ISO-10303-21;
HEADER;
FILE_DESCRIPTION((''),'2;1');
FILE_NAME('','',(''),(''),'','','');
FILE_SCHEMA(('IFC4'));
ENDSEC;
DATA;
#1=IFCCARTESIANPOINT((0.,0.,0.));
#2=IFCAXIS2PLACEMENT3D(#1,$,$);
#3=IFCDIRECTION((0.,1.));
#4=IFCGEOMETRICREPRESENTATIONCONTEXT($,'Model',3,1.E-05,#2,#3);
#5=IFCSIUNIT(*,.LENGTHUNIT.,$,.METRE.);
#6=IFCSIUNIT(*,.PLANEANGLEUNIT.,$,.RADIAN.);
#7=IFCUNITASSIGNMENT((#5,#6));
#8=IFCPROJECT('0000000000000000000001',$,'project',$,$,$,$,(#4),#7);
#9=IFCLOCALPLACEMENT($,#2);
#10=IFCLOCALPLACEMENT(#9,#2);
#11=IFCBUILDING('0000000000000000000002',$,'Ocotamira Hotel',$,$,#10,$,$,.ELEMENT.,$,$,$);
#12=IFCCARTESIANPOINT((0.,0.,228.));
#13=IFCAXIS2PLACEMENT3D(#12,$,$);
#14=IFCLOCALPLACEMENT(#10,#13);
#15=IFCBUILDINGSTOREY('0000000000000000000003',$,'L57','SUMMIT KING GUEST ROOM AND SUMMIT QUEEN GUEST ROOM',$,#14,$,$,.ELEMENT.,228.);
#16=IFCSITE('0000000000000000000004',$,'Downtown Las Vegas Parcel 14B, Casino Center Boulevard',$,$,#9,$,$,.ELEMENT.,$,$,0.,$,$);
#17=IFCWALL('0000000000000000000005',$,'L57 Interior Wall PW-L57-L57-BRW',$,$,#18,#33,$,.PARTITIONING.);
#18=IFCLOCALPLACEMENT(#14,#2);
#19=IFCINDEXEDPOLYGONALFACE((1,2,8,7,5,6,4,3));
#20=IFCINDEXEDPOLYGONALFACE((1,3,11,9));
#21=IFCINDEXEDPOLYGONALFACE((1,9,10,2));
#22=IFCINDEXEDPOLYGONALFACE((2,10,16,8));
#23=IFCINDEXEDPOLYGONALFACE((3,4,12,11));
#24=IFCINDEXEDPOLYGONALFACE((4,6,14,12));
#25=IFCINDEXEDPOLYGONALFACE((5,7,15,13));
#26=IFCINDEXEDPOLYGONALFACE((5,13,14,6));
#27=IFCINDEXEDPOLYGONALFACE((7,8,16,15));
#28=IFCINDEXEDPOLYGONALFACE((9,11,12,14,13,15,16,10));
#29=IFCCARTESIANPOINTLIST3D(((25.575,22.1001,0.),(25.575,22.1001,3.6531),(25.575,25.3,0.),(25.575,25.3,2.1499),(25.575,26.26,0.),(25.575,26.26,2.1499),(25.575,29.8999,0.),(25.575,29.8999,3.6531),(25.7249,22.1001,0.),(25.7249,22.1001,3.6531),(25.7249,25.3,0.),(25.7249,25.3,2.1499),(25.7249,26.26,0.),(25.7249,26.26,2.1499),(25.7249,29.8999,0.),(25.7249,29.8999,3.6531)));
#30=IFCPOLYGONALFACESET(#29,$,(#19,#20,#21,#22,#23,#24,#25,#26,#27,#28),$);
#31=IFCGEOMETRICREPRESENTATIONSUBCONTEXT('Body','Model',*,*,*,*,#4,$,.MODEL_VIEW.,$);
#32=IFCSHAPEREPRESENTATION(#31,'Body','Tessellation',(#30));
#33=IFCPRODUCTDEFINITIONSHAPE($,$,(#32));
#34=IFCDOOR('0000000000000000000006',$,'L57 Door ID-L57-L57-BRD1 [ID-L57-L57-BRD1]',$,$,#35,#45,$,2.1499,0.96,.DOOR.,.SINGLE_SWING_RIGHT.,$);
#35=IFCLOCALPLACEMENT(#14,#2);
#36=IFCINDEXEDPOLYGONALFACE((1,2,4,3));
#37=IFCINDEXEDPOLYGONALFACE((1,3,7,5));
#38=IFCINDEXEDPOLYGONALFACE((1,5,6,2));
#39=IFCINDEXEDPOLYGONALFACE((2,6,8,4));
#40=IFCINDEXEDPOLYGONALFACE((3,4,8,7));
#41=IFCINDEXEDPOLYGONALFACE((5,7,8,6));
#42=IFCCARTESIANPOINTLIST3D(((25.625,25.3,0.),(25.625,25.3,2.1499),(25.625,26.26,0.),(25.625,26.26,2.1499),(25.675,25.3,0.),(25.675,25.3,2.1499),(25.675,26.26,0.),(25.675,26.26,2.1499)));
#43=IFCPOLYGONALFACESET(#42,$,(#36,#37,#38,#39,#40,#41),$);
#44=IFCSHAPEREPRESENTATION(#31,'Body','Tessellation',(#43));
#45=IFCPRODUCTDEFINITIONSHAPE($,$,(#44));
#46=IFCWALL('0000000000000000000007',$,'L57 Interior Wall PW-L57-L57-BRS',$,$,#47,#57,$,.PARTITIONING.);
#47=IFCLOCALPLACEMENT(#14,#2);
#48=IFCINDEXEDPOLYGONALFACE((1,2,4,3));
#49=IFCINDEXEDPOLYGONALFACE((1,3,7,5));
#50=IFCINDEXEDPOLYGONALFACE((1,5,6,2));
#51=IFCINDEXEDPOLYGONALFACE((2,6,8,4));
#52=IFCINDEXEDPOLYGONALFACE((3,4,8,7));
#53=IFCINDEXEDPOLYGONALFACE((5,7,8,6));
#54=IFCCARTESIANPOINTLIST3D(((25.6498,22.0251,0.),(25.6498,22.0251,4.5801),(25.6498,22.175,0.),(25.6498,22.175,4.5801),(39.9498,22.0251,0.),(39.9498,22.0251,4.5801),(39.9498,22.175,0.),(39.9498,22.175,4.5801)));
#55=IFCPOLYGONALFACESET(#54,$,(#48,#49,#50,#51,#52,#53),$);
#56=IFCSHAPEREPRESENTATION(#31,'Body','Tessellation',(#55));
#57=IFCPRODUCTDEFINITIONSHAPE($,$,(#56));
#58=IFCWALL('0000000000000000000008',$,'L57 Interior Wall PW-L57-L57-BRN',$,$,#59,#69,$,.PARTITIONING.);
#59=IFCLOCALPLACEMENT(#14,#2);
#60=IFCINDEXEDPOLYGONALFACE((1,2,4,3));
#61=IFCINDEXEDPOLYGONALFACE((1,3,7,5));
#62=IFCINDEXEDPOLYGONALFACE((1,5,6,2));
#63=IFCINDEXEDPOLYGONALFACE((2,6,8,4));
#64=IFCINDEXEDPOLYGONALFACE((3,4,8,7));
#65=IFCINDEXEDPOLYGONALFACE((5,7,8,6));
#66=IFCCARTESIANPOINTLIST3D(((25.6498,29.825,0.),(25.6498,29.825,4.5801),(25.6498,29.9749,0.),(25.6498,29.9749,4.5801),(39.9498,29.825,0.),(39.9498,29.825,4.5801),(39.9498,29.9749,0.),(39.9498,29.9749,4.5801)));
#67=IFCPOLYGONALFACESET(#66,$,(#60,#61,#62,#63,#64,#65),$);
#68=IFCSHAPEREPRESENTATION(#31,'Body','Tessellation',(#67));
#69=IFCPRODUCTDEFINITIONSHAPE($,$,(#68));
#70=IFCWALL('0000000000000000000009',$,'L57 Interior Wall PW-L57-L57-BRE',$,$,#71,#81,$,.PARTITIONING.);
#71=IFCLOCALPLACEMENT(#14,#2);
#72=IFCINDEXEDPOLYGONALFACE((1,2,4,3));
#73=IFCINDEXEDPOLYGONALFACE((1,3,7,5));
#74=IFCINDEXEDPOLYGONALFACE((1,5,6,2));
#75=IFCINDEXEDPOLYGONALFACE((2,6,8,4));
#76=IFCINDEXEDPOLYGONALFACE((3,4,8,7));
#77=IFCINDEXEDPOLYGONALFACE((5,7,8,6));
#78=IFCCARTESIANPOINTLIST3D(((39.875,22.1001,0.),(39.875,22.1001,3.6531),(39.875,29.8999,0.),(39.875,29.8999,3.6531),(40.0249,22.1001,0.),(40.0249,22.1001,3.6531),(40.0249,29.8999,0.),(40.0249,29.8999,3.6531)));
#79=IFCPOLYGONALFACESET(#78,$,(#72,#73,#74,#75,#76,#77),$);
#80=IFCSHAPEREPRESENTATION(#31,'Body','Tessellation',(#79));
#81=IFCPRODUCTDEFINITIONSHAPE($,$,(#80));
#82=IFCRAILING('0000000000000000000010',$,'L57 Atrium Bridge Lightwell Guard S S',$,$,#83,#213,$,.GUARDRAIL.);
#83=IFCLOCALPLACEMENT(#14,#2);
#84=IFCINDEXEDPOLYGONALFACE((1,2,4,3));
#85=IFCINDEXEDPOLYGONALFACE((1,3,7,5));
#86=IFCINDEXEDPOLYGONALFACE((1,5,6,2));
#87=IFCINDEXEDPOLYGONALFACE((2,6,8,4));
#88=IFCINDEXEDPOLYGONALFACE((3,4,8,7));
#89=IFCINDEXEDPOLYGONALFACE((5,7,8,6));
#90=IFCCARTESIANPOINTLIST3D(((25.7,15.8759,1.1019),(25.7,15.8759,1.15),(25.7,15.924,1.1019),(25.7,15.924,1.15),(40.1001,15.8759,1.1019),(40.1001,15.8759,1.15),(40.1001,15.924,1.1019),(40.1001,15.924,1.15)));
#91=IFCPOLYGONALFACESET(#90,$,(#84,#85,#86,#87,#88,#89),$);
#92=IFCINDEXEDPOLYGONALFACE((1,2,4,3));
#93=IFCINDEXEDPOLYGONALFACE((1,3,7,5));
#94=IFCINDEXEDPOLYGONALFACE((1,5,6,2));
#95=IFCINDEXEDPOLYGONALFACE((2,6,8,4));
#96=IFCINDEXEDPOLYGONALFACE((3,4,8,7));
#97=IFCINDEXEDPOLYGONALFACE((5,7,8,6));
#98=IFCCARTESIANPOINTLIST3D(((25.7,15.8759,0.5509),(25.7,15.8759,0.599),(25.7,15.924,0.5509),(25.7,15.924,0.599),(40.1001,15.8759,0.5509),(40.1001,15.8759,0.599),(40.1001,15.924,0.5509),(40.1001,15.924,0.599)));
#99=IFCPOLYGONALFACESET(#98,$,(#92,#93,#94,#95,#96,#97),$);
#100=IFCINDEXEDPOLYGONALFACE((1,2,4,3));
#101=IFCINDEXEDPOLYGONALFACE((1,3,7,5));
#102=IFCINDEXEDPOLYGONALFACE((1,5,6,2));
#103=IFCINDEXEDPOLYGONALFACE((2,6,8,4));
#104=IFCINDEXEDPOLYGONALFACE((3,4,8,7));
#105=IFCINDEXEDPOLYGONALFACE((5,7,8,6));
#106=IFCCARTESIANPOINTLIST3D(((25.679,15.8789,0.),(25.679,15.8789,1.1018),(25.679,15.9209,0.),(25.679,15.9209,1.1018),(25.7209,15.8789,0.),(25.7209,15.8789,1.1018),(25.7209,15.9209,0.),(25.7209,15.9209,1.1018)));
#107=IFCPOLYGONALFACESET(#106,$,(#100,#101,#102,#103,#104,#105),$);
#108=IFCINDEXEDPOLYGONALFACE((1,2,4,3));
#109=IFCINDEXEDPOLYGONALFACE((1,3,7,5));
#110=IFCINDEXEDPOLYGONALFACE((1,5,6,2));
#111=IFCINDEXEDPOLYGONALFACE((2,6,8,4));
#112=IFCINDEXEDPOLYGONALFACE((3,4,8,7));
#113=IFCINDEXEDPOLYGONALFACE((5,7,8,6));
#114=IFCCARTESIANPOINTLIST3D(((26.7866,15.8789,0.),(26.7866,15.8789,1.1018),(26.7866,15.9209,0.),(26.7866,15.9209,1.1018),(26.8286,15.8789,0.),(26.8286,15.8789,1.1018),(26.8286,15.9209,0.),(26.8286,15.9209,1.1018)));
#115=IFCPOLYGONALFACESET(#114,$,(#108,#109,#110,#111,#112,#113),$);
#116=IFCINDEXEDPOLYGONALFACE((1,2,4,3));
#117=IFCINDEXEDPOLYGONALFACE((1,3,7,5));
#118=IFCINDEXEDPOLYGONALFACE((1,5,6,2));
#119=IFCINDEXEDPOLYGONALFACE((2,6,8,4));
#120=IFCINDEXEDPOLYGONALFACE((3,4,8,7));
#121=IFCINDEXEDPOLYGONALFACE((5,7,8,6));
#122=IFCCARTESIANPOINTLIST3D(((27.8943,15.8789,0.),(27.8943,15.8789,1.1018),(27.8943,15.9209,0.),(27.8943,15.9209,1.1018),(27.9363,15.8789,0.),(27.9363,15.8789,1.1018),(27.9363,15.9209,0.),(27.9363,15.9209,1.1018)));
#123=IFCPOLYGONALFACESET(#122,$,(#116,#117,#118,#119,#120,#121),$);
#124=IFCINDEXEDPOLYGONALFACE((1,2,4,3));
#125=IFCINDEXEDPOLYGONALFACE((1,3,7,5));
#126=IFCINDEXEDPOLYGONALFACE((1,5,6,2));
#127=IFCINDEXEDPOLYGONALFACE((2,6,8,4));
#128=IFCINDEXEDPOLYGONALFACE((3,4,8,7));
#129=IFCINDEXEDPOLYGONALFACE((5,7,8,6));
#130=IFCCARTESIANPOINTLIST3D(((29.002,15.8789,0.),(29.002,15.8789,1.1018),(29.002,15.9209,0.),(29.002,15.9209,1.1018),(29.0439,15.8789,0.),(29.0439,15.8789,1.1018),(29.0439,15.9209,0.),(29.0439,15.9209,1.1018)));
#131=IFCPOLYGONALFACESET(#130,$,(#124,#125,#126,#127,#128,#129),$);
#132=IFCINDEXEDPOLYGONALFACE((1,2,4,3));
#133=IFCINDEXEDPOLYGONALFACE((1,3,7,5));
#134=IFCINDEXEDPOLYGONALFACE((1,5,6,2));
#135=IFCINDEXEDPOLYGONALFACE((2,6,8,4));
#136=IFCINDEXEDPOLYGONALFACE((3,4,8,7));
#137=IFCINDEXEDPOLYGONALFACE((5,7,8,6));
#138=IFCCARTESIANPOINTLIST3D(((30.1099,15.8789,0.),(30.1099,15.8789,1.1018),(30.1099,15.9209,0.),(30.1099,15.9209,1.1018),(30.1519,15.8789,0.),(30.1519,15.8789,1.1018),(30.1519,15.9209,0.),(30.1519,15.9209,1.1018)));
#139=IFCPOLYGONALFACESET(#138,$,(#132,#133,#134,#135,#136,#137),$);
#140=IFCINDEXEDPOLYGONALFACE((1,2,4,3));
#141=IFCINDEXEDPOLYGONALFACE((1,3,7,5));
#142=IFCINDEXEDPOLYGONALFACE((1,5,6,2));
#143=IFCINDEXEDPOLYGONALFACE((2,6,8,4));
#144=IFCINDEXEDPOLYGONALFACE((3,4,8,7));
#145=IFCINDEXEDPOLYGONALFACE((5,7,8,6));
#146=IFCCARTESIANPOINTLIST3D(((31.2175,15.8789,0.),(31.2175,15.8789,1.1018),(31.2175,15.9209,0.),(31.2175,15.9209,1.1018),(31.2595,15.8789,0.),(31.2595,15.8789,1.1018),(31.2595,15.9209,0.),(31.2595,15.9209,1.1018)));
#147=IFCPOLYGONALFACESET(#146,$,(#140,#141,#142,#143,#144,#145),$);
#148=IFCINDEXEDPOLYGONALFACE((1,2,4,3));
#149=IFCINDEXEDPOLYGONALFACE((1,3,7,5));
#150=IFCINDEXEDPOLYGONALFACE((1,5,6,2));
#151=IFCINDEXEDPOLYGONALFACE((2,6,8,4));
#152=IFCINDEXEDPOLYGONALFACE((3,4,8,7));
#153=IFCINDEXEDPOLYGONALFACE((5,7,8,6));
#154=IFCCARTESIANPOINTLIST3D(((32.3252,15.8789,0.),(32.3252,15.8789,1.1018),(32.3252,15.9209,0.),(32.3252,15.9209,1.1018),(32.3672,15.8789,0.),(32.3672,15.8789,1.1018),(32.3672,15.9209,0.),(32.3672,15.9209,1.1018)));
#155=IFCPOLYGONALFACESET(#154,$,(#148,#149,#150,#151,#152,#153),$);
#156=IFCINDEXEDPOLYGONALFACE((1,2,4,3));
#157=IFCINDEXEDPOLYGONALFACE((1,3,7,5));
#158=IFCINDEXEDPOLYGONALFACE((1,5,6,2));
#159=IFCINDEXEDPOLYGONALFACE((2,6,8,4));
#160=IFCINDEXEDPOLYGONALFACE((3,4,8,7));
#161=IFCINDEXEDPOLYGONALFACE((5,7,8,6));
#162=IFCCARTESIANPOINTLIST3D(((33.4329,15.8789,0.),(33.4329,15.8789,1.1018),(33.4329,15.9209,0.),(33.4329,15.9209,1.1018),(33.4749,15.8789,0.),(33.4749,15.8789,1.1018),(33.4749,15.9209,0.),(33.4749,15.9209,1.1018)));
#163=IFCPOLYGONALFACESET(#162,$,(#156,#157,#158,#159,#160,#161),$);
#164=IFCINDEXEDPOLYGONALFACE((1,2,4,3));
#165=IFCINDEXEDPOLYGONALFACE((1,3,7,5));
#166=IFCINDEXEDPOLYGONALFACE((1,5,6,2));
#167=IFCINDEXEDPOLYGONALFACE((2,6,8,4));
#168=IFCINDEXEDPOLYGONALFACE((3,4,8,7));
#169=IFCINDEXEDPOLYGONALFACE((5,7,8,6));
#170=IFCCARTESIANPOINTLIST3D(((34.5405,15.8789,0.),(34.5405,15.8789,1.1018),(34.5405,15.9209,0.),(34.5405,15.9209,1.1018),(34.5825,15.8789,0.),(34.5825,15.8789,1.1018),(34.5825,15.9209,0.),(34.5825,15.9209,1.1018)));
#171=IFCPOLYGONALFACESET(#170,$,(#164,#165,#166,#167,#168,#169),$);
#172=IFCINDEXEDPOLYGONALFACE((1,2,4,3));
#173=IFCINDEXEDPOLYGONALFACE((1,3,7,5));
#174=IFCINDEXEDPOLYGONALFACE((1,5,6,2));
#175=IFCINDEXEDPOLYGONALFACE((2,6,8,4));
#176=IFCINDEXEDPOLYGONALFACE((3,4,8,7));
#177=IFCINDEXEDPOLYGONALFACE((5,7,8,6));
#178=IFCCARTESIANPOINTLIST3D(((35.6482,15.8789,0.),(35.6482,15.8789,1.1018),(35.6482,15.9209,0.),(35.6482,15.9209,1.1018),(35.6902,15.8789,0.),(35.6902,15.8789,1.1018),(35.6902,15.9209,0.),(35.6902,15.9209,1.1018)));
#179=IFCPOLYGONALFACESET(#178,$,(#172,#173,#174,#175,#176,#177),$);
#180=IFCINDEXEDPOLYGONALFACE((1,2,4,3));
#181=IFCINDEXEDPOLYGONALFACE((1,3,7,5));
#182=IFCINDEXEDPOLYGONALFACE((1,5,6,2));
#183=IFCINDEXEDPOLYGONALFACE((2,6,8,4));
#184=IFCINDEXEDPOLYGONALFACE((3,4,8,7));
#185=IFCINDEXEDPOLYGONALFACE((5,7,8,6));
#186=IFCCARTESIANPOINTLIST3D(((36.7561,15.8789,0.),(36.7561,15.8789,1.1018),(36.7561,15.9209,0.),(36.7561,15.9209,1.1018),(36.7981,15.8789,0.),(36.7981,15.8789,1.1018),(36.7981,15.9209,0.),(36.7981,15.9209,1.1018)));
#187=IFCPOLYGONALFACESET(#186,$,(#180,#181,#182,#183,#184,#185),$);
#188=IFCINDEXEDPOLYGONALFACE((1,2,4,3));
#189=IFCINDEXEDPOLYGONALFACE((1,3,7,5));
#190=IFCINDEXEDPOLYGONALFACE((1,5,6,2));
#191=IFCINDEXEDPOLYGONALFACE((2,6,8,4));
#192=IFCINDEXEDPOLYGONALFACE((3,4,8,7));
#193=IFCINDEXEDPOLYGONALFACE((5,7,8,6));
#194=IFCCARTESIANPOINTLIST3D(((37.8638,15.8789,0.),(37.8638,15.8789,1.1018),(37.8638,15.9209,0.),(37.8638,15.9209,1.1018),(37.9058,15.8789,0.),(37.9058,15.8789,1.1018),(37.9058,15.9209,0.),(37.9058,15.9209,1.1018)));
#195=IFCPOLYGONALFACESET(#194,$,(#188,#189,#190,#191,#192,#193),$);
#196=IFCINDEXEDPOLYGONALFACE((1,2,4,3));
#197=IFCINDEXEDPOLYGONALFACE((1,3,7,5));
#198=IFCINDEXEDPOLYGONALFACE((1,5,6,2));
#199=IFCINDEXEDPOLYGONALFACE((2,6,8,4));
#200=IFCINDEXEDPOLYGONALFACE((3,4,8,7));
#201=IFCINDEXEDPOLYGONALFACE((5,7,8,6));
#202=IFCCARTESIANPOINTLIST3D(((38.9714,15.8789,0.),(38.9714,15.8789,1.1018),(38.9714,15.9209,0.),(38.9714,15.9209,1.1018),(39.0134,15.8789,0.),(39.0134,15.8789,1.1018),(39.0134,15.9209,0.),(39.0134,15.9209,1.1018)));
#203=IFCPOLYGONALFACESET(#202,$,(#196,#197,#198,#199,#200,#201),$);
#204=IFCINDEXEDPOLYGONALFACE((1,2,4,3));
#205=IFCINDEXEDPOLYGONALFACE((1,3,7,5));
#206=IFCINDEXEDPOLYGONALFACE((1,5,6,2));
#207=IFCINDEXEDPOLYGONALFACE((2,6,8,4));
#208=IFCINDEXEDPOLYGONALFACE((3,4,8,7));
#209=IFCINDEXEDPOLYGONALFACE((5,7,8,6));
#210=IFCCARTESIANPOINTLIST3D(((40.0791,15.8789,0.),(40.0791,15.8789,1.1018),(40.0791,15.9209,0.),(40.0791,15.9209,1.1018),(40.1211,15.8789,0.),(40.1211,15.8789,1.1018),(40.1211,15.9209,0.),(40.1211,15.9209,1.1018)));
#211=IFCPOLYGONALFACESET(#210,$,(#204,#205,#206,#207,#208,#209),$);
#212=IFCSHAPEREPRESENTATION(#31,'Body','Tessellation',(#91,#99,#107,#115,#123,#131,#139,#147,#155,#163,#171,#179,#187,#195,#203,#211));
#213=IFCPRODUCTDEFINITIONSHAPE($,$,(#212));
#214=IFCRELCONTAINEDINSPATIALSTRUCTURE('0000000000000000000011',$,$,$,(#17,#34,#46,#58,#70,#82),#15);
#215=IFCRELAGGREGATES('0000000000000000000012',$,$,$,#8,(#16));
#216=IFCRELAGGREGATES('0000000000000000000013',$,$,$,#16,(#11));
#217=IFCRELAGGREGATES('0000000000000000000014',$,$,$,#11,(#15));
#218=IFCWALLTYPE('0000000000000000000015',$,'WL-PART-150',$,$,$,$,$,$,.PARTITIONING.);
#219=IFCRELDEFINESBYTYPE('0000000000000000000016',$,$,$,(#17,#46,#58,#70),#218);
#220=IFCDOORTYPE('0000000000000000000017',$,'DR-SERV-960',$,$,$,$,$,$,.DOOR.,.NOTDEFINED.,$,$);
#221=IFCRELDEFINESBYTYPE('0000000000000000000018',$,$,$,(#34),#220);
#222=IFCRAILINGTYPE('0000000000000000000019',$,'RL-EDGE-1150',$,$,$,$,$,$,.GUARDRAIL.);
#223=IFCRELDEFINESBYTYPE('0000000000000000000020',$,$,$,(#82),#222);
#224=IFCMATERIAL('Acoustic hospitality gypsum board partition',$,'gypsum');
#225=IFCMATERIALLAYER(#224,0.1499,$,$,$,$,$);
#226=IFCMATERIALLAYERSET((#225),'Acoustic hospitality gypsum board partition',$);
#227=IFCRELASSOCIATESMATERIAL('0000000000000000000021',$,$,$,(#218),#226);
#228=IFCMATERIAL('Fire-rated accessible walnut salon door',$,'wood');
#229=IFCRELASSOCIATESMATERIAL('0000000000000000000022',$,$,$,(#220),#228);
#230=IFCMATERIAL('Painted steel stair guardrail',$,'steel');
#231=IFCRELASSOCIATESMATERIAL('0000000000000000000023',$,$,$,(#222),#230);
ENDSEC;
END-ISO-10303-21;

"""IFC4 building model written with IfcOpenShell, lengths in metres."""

from ifc_helpers import new_model, si_unit, direction, frame, frame_2d, origin, origin_2d, place, context, subcontext, project, spatial, rectangle, extrude, source, transform, mapped, material, layer, layer_set, type_object, element, fill, save


model = new_model("IFC4")

# Units and contexts
model_context = context("Model", 3, precision=1e-05, world=origin(), true_north=direction((0.0, 1.0)))
body_context = subcontext(model_context, "Body", "Model", "MODEL_VIEW")
ifc_project = project(units=[si_unit("LENGTHUNIT", "METRE"), si_unit("PLANEANGLEUNIT", "RADIAN")], contexts=[model_context])

# Site, building, storey
site_placement = place(None, origin())
site = spatial("IfcSite", under=ifc_project, at=site_placement, Name="Downtown Las Vegas Parcel 14B, Casino Center Boulevard", CompositionType="ELEMENT", RefElevation=0.0)
building_placement = place(site_placement, origin())
building = spatial("IfcBuilding", under=site, at=building_placement, Name="Ocotamira Hotel", CompositionType="ELEMENT")
storey_placement = place(building_placement, frame((0.0, 0.0, 228.0)))
storey = spatial("IfcBuildingStorey", under=building, at=storey_placement, Name="L57", Description="SUMMIT KING GUEST ROOM AND SUMMIT QUEEN GUEST ROOM", CompositionType="ELEMENT", Elevation=228.0)

# Shared definitions
ifc_material_1 = material(Name="Acoustic hospitality gypsum board partition", Category="gypsum")

# Shared definitions
ifc_layer_1 = layer(ifc_material_1, 0.1499)
ifc_layer_set_1 = layer_set([ifc_layer_1], Name="Acoustic hospitality gypsum board partition")
wall_type_1 = type_object("IfcWallType", Name="WL-PART-150", PredefinedType="PARTITIONING", material=ifc_layer_set_1)

# Wall, opening, door
wall_1_placement = place(storey_placement, frame((25.6499, 22.1001, 0.0), z_axis=(0.0, 0.0, 1.0), x_axis=(0.0, 1.0, 0.0)))
wall_1 = element("IfcWall", 1, at=wall_1_placement, inside=storey, type_object=wall_type_1, Name="L57 Interior Wall PW-L57-L57-BRW", PredefinedType="PARTITIONING", context=body_context, shape_type="SweptSolid", body=[
    extrude(rectangle(XDim=7.7998, YDim=0.1499, at=frame_2d((3.8999, 0.0))), origin(), (0.0, 0.0, 1.0), 3.6531),
])
opening_1_placement = place(wall_1_placement, frame((3.2, 0.0, 0.0)))
opening_1 = element("IfcOpeningElement", 2, at=opening_1_placement, cuts=wall_1, PredefinedType="OPENING", context=body_context, shape_type="SweptSolid", body=[
    extrude(rectangle(XDim=0.96, YDim=2.1499, at=frame_2d((0.48, 1.075))), frame((0.0, 0.085, 0.0), z_axis=(0.0, -1.0, 0.0), x_axis=(1.0, 0.0, 0.0)), (0.0, 0.0, 1.0), 0.1699),
])
ifc_material_2 = material(Name="Fire-rated accessible walnut salon door", Category="wood")
door_type_1 = type_object("IfcDoorType", Name="DR-SERV-960", OperationType="NOTDEFINED", PredefinedType="DOOR", material=ifc_material_2)
shared_shape_1 = source(origin(), body_context, "Body", "SweptSolid", [
    extrude(rectangle(XDim=0.96, YDim=2.1499, at=frame_2d((0.48, 1.075))), frame((0.0, 0.0249, 0.0), z_axis=(0.0, -1.0, 0.0), x_axis=(1.0, 0.0, 0.0)), (0.0, 0.0, 1.0), 0.05),
])
door_1_placement = place(opening_1_placement, origin())
door_1 = element("IfcDoor", 3, at=door_1_placement, inside=storey, type_object=door_type_1, Name="L57 Door ID-L57-L57-BRD1 [ID-L57-L57-BRD1]", OperationType="SINGLE_SWING_RIGHT", OverallHeight=2.1499, OverallWidth=0.96, PredefinedType="DOOR", context=body_context, shape_type="MappedRepresentation", body=[
    mapped(shared_shape_1, transform((0.0, 0.0, 0.0), scale=1.0)),
])
fill(opening_1, door_1)

# Walls
for number, where, z_axis, x_axis, name in (
    (4, (25.6499, 22.1001, 0.0), (0.0, 0.0, 1.0), (1.0, 0.0, 0.0), "L57 Interior Wall PW-L57-L57-BRS"),
    (5, (25.6499, 29.8999, 0.0), (0.0, 0.0, 1.0), (1.0, 0.0, 0.0), "L57 Interior Wall PW-L57-L57-BRN"),
):
    element("IfcWall", number, at=place(storey_placement, frame(where, z_axis=z_axis, x_axis=x_axis)), inside=storey, type_object=wall_type_1, Name=name, PredefinedType="PARTITIONING", context=body_context, shape_type="SweptSolid", body=[
        extrude(rectangle(XDim=14.3, YDim=0.1499, at=frame_2d((7.1499, 0.0))), origin(), (0.0, 0.0, 1.0), 4.5801),
    ])
wall_2_placement = place(storey_placement, frame((39.95, 22.1001, 0.0), z_axis=(0.0, 0.0, 1.0), x_axis=(0.0, 1.0, 0.0)))
element("IfcWall", 6, at=wall_2_placement, inside=storey, type_object=wall_type_1, Name="L57 Interior Wall PW-L57-L57-BRE", PredefinedType="PARTITIONING", context=body_context, shape_type="SweptSolid", body=[
    extrude(rectangle(XDim=7.7998, YDim=0.1499, at=frame_2d((3.8999, 0.0))), origin(), (0.0, 0.0, 1.0), 3.6531),
])

# Railing
ifc_material_3 = material(Name="Painted steel stair guardrail", Category="steel")
railing_type = type_object("IfcRailingType", Name="RL-EDGE-1150", PredefinedType="GUARDRAIL", material=ifc_material_3)
railing_1_placement = place(storey_placement, frame((25.7, 15.8999, 0.0)))
element("IfcRailing", 7, at=railing_1_placement, inside=storey, type_object=railing_type, Name="L57 Atrium Bridge Lightwell Guard S S", PredefinedType="GUARDRAIL", context=body_context, shape_type="SweptSolid", body=[
    extrude(rectangle(XDim=0.0481, YDim=0.0481, at=origin_2d()), frame((0.0, 0.0, 1.126), z_axis=(1.0, 0.0, 0.0), x_axis=(0.0, 1.0, 0.0)), (0.0, 0.0, 1.0), 14.4001),
    extrude(rectangle(XDim=0.0481, YDim=0.0481, at=origin_2d()), frame((0.0, 0.0, 0.575), z_axis=(1.0, 0.0, 0.0), x_axis=(0.0, 1.0, 0.0)), (0.0, 0.0, 1.0), 14.4001),
    extrude(rectangle(XDim=0.042, YDim=0.042, at=origin_2d()), origin(), (0.0, 0.0, 1.0), 1.1018),
    extrude(rectangle(XDim=0.042, YDim=0.042, at=origin_2d()), frame((1.1077, 0.0, 0.0)), (0.0, 0.0, 1.0), 1.1018),
    extrude(rectangle(XDim=0.042, YDim=0.042, at=origin_2d()), frame((2.2153, 0.0, 0.0)), (0.0, 0.0, 1.0), 1.1018),
    extrude(rectangle(XDim=0.042, YDim=0.042, at=origin_2d()), frame((3.323, 0.0, 0.0)), (0.0, 0.0, 1.0), 1.1018),
    extrude(rectangle(XDim=0.042, YDim=0.042, at=origin_2d()), frame((4.4309, 0.0, 0.0)), (0.0, 0.0, 1.0), 1.1018),
    extrude(rectangle(XDim=0.042, YDim=0.042, at=origin_2d()), frame((5.5386, 0.0, 0.0)), (0.0, 0.0, 1.0), 1.1018),
    extrude(rectangle(XDim=0.042, YDim=0.042, at=origin_2d()), frame((6.6462, 0.0, 0.0)), (0.0, 0.0, 1.0), 1.1018),
    extrude(rectangle(XDim=0.042, YDim=0.042, at=origin_2d()), frame((7.7539, 0.0, 0.0)), (0.0, 0.0, 1.0), 1.1018),
    extrude(rectangle(XDim=0.042, YDim=0.042, at=origin_2d()), frame((8.8616, 0.0, 0.0)), (0.0, 0.0, 1.0), 1.1018),
    extrude(rectangle(XDim=0.042, YDim=0.042, at=origin_2d()), frame((9.9692, 0.0, 0.0)), (0.0, 0.0, 1.0), 1.1018),
    extrude(rectangle(XDim=0.042, YDim=0.042, at=origin_2d()), frame((11.0771, 0.0, 0.0)), (0.0, 0.0, 1.0), 1.1018),
    extrude(rectangle(XDim=0.042, YDim=0.042, at=origin_2d()), frame((12.1848, 0.0, 0.0)), (0.0, 0.0, 1.0), 1.1018),
    extrude(rectangle(XDim=0.042, YDim=0.042, at=origin_2d()), frame((13.2925, 0.0, 0.0)), (0.0, 0.0, 1.0), 1.1018),
    extrude(rectangle(XDim=0.042, YDim=0.042, at=origin_2d()), frame((14.4001, 0.0, 0.0)), (0.0, 0.0, 1.0), 1.1018),
])

save(model, "model.ifc")
